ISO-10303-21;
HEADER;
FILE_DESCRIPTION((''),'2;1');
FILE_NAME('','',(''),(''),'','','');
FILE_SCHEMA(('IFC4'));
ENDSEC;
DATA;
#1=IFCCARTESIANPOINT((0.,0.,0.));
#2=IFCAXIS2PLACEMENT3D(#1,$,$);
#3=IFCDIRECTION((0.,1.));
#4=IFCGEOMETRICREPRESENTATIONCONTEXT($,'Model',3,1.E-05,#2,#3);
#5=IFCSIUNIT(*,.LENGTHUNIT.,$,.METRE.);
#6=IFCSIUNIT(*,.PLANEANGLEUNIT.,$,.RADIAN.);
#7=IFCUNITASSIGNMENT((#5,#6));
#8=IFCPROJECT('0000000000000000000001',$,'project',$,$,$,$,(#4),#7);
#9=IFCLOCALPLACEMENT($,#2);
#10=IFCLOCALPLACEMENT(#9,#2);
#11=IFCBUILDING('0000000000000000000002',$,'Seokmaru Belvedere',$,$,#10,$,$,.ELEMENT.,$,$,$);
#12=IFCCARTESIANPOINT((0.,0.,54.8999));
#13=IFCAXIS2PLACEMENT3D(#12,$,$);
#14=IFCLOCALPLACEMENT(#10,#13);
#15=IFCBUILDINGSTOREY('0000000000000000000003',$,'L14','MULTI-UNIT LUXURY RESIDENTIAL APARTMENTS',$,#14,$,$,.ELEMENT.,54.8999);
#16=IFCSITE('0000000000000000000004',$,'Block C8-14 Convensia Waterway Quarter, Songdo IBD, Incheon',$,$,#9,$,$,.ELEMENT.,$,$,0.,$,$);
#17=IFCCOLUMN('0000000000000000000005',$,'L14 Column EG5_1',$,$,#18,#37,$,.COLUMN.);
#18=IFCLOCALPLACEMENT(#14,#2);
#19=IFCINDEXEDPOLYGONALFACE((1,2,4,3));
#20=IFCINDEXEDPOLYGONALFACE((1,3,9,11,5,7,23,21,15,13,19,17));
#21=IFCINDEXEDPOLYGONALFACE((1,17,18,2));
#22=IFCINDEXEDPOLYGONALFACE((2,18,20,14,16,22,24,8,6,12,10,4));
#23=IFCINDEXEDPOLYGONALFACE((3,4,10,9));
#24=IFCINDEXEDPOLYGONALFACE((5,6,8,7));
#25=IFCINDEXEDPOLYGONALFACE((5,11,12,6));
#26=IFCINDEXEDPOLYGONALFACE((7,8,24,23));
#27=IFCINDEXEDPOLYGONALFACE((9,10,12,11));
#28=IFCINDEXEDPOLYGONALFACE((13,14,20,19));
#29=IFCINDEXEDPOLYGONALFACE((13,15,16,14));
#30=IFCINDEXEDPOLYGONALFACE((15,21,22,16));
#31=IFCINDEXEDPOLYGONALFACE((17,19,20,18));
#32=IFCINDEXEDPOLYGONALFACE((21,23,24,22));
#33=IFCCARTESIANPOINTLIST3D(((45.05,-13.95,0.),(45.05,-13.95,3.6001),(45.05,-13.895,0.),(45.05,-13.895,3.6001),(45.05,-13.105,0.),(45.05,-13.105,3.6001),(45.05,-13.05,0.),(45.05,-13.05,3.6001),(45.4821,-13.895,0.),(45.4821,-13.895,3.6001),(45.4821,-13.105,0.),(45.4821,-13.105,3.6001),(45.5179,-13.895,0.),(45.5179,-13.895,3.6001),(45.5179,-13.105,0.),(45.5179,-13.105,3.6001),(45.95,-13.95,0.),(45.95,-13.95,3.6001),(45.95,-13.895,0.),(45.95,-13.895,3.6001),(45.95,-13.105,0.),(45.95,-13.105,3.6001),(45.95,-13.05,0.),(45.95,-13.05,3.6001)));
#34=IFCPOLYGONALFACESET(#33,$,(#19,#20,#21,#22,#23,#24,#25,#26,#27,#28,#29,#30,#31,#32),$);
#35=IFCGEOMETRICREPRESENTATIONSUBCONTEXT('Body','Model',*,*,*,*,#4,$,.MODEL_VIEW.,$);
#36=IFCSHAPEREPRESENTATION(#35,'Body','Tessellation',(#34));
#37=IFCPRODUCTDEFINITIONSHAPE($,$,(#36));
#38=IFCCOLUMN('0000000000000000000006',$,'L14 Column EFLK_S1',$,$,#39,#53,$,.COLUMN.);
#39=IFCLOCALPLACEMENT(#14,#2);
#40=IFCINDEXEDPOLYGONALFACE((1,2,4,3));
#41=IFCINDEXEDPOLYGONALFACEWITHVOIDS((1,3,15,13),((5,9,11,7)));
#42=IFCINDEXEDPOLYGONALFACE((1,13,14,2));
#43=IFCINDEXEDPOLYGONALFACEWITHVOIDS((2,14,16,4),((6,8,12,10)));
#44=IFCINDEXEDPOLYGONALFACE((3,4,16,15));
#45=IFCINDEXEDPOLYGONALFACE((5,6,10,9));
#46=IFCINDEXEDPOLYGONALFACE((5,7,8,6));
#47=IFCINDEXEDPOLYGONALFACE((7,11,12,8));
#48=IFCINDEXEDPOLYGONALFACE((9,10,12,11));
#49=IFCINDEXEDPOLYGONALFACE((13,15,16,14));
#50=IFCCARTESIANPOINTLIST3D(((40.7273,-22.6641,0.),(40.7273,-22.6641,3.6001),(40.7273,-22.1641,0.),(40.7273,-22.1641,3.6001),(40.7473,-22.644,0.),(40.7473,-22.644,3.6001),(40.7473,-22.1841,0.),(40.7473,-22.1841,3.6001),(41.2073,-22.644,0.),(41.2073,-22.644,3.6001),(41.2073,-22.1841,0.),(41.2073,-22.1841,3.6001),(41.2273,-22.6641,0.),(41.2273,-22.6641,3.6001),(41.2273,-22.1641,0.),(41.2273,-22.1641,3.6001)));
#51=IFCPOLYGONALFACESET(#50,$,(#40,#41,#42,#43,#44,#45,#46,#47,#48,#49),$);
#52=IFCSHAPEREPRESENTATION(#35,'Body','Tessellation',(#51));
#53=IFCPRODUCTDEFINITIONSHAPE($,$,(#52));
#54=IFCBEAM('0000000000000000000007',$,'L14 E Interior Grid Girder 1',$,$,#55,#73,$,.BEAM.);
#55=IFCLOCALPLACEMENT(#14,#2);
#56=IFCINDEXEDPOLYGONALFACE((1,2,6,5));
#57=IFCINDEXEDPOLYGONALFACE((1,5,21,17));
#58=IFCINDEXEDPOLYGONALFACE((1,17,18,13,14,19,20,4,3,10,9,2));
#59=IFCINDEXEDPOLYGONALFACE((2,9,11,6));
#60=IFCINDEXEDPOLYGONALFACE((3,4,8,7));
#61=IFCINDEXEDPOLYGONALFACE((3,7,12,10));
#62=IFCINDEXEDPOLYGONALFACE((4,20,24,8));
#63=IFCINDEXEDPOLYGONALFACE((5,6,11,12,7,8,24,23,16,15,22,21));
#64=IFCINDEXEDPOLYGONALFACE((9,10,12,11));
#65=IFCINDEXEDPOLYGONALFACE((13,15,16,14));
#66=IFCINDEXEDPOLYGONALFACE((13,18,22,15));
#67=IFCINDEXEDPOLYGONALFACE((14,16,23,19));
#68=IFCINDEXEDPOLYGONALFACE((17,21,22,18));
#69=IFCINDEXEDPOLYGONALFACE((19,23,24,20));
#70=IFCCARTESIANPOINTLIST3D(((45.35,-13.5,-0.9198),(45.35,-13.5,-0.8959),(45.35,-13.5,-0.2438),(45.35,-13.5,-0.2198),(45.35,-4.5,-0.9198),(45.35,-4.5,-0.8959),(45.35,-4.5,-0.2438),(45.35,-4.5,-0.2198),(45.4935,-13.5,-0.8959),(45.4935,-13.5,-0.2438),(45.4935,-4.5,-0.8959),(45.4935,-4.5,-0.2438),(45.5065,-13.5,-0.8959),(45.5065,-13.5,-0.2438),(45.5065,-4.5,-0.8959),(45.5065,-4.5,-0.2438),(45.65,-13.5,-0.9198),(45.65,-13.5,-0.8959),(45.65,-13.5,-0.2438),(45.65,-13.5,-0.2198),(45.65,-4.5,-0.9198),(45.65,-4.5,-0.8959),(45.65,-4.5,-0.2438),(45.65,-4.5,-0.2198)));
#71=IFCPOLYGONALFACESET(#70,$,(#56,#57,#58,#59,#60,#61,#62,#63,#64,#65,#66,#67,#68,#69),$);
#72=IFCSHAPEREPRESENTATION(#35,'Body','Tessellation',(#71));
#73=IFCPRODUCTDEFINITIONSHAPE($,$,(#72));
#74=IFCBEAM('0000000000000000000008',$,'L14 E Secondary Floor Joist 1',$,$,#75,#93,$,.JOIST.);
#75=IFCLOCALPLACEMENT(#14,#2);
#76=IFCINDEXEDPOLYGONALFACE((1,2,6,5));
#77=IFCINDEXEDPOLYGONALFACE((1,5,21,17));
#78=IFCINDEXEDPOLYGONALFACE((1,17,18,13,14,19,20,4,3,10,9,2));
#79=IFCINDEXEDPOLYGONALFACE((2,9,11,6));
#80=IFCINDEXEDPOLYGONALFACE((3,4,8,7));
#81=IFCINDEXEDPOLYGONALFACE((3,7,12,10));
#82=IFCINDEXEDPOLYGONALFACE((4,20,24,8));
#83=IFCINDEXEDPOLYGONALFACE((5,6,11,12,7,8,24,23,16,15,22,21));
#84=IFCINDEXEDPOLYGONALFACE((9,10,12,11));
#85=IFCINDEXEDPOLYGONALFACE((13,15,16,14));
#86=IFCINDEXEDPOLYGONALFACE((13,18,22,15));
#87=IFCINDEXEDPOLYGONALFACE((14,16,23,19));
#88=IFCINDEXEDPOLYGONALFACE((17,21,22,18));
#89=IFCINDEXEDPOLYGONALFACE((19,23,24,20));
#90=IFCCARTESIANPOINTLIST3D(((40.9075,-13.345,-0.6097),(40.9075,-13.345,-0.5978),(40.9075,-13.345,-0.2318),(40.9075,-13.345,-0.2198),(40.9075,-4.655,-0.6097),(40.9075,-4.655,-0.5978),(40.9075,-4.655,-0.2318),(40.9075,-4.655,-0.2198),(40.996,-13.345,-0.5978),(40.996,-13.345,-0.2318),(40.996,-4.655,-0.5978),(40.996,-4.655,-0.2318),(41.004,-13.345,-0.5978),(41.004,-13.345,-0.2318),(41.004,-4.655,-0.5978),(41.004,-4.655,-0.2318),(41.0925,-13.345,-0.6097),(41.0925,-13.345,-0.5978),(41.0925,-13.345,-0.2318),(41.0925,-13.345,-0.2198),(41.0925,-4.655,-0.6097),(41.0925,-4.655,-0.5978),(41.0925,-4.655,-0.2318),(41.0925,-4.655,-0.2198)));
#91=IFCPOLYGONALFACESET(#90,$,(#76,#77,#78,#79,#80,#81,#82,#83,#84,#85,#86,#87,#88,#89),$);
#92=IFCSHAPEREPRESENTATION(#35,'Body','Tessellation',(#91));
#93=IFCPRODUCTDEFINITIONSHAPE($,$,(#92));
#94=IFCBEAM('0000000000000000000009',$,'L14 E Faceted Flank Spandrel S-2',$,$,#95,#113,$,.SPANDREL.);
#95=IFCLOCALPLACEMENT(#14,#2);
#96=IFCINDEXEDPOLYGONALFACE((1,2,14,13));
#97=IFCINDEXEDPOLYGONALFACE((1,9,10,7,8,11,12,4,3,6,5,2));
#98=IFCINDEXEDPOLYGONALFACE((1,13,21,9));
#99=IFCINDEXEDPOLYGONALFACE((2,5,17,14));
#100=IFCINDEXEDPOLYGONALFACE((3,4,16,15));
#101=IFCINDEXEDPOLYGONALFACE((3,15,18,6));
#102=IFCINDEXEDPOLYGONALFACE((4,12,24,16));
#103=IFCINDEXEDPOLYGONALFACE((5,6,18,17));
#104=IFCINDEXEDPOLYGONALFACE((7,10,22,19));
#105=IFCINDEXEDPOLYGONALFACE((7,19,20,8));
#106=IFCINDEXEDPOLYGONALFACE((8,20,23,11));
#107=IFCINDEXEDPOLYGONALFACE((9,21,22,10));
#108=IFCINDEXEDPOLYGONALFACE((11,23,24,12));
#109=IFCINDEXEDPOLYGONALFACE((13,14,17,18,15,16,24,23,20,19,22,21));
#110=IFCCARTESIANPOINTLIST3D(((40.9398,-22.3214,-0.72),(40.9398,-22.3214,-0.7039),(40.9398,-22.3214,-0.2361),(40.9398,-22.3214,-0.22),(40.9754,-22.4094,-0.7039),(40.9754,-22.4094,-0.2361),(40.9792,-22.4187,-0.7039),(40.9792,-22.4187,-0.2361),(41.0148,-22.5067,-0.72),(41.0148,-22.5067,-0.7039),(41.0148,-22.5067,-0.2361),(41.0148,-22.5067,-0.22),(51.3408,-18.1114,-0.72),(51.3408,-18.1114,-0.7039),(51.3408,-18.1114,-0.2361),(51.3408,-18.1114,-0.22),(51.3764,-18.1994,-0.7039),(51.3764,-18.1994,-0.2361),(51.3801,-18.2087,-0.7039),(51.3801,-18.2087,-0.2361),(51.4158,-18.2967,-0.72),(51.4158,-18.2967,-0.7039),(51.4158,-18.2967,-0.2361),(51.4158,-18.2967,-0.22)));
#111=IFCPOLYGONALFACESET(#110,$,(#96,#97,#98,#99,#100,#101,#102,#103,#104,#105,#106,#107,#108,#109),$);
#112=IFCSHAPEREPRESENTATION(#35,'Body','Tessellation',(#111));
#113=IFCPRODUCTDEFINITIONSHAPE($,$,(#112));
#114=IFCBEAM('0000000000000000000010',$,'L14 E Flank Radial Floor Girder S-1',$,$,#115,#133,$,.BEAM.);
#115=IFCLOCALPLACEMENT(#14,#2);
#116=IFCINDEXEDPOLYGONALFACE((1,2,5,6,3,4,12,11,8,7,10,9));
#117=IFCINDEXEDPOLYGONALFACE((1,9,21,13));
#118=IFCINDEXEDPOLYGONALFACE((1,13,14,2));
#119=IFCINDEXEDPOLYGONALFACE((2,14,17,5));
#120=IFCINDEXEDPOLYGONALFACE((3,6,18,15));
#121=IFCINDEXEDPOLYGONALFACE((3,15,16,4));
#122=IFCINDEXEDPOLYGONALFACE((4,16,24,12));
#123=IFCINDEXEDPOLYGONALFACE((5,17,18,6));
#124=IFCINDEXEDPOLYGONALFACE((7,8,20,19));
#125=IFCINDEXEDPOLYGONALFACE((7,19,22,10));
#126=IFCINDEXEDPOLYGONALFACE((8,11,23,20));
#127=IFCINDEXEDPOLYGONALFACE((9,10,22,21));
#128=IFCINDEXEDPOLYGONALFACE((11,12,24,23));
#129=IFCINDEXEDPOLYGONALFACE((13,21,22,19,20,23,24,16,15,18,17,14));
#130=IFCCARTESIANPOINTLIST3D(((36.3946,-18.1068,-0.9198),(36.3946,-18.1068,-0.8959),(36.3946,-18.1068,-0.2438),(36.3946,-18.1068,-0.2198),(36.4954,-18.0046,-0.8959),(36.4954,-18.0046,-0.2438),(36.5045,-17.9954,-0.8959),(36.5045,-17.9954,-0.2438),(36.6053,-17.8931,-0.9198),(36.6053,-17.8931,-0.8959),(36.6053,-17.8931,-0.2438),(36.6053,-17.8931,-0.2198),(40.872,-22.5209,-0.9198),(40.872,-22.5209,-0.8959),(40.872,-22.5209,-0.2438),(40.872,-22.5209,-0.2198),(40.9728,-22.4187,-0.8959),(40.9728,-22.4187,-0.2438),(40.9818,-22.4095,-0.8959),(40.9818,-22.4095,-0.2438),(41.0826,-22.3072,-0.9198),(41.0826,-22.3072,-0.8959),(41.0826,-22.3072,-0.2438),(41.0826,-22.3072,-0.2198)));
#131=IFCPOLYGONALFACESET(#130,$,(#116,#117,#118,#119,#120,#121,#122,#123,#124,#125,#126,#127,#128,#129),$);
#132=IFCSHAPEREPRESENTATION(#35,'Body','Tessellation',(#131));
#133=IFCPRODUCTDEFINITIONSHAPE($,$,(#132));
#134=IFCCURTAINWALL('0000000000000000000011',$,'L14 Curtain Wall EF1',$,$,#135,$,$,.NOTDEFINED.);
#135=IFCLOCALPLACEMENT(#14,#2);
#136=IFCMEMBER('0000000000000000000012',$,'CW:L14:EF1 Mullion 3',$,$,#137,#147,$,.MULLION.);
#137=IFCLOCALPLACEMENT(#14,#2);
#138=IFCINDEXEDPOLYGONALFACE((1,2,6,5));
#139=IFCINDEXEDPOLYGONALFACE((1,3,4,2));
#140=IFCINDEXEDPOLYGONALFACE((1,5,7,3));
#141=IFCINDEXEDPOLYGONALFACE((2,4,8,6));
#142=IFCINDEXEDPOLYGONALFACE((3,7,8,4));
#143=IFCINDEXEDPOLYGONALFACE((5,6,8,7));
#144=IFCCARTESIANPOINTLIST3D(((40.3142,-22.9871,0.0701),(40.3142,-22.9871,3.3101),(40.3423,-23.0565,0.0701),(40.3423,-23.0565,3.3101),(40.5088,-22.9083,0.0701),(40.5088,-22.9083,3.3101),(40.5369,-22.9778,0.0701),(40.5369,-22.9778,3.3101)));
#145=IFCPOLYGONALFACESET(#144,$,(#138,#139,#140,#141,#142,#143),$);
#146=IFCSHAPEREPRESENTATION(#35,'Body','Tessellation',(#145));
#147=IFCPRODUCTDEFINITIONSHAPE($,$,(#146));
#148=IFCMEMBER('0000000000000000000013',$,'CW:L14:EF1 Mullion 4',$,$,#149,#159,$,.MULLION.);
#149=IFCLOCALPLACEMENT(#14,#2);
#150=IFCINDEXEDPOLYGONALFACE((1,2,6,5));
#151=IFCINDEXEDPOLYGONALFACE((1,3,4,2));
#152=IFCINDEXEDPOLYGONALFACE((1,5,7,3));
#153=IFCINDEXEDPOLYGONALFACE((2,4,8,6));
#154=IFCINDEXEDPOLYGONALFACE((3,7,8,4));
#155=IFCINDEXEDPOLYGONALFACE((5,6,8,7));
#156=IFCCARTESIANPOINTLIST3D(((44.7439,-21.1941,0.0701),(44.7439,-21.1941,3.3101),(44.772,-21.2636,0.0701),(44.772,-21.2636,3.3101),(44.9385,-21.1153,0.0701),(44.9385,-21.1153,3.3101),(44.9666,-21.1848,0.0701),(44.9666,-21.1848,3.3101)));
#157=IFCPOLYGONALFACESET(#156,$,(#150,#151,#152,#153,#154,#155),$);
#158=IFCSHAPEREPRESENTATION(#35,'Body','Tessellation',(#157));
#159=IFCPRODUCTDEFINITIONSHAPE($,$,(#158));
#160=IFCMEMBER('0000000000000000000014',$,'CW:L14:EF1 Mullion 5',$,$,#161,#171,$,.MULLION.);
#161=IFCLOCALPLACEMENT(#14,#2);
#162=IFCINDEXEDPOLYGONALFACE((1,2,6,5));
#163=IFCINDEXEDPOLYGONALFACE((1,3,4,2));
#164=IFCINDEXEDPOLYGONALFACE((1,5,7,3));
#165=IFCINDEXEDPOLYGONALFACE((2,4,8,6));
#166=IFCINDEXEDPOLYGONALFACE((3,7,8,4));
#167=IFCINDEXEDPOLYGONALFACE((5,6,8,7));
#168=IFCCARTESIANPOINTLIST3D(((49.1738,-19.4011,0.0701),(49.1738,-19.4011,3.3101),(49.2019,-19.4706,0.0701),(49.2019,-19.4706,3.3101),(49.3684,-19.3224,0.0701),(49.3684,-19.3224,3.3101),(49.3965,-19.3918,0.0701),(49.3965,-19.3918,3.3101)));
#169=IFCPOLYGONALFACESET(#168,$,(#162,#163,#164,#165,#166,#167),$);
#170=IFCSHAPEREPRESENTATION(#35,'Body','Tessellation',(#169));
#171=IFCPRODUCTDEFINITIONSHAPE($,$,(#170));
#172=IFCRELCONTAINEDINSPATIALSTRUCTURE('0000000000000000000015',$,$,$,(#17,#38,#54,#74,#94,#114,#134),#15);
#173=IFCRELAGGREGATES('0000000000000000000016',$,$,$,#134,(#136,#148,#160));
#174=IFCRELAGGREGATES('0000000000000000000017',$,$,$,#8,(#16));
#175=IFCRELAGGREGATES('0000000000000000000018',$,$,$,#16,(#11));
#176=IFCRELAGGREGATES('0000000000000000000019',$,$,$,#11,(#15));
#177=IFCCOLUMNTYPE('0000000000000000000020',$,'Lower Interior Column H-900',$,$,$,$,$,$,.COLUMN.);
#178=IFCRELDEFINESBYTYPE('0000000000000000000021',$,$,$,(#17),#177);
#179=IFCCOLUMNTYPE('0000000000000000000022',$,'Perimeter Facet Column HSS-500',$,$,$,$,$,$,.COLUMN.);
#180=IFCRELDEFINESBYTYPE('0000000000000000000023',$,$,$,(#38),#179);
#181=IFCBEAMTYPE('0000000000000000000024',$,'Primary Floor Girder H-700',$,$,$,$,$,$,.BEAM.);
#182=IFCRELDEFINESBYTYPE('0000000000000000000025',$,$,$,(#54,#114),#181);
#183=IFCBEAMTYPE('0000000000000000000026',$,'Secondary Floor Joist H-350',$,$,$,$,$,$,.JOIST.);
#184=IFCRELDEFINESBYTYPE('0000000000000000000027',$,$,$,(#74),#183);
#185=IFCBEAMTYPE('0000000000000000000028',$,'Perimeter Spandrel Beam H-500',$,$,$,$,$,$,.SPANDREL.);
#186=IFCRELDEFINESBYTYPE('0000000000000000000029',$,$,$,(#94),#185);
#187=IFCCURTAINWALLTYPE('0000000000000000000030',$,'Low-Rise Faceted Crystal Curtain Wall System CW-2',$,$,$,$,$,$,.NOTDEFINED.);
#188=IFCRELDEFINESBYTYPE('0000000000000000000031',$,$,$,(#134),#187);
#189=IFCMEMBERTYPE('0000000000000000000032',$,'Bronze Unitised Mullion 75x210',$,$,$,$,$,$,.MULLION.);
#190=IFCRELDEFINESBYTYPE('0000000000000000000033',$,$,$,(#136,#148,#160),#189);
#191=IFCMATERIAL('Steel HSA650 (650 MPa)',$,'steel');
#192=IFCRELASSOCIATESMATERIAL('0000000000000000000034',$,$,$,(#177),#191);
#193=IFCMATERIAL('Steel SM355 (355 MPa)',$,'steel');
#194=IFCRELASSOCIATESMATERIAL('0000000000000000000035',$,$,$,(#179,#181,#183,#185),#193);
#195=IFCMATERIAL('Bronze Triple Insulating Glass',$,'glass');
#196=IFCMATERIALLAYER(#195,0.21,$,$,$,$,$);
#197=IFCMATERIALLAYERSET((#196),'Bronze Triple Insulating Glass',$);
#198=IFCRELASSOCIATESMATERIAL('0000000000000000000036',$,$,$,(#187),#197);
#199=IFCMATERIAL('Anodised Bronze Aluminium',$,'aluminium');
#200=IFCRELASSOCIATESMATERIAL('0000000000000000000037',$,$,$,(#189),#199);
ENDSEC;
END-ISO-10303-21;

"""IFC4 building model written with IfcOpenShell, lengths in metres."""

from ifc_helpers import new_model, si_unit, direction, frame, origin, origin_2d, place, context, subcontext, project, spatial, rectangle, hollow_rectangle, i_section, extrude, source, transform, mapped, material, layer, layer_set, material_profile, profile_set, type_object, type_shapes, element, aggregate, save


model = new_model("IFC4")

# Units and contexts
model_context = context("Model", 3, precision=1e-05, world=origin(), true_north=direction((0.0, 1.0)))
body_context = subcontext(model_context, "Body", "Model", "MODEL_VIEW")
ifc_project = project(units=[si_unit("LENGTHUNIT", "METRE"), si_unit("PLANEANGLEUNIT", "RADIAN")], contexts=[model_context])

# Site, building, storey
site_placement = place(None, origin())
site = spatial("IfcSite", under=ifc_project, at=site_placement, Name="Block C8-14 Convensia Waterway Quarter, Songdo IBD, Incheon", CompositionType="ELEMENT", RefElevation=0.0)
building_placement = place(site_placement, origin())
building = spatial("IfcBuilding", under=site, at=building_placement, Name="Seokmaru Belvedere", CompositionType="ELEMENT")
storey_placement = place(building_placement, frame((0.0, 0.0, 54.8999)))
storey = spatial("IfcBuildingStorey", under=building, at=storey_placement, Name="L14", Description="MULTI-UNIT LUXURY RESIDENTIAL APARTMENTS", CompositionType="ELEMENT", Elevation=54.8999)

# Columns
ifc_material_1 = material(Name="Steel HSA650 (650 MPa)", Category="steel")
ifc_material_profile_1 = material_profile(ifc_material_1, i_section(OverallWidth=0.8999, OverallDepth=0.8999, WebThickness=0.0359, FlangeThickness=0.0549, at=origin_2d()), Name="H-900x900x36x55")
ifc_profile_set_1 = profile_set([ifc_material_profile_1], Name="Steel HSA650 (650 MPa)")
column_type_1 = type_object("IfcColumnType", Name="Lower Interior Column H-900", PredefinedType="COLUMN", material=ifc_profile_set_1)
shared_shape_1 = source(origin(), body_context, "Body", "SweptSolid", [
    extrude(i_section(OverallWidth=0.8999, OverallDepth=0.8999, WebThickness=0.0359, FlangeThickness=0.0549, at=origin_2d()), origin(), (0.0, 0.0, 1.0), 3.6001),
])
type_shapes(column_type_1, [shared_shape_1])
column_1_placement = place(storey_placement, frame((45.5, -13.5, 0.0), z_axis=(0.0, 0.0, 1.0), x_axis=(1.0, 0.0, 0.0)))
element("IfcColumn", 1, at=column_1_placement, inside=storey, type_object=column_type_1, Name="L14 Column EG5_1", PredefinedType="COLUMN", context=body_context, shape_type="MappedRepresentation", body=[
    mapped(shared_shape_1, transform((0.0, 0.0, 0.0), scale=1.0)),
])
ifc_material_2 = material(Name="Steel SM355 (355 MPa)", Category="steel")
ifc_material_profile_2 = material_profile(ifc_material_2, hollow_rectangle(XDim=0.5, YDim=0.5, WallThickness=0.02, at=origin_2d()), Name="HSS-500x500x20")
ifc_profile_set_2 = profile_set([ifc_material_profile_2], Name="Steel SM355 (355 MPa)")
column_type_2 = type_object("IfcColumnType", Name="Perimeter Facet Column HSS-500", PredefinedType="COLUMN", material=ifc_profile_set_2)
shared_shape_2 = source(origin(), body_context, "Body", "SweptSolid", [
    extrude(hollow_rectangle(XDim=0.5, YDim=0.5, WallThickness=0.02, at=origin_2d()), origin(), (0.0, 0.0, 1.0), 3.6001),
])
type_shapes(column_type_2, [shared_shape_2])
column_2_placement = place(storey_placement, frame((40.9773, -22.4141, 0.0), z_axis=(0.0, 0.0, 1.0), x_axis=(1.0, 0.0, 0.0)))
element("IfcColumn", 2, at=column_2_placement, inside=storey, type_object=column_type_2, Name="L14 Column EFLK_S1", PredefinedType="COLUMN", context=body_context, shape_type="MappedRepresentation", body=[
    mapped(shared_shape_2, transform((0.0, 0.0, 0.0), scale=1.0)),
])

# Beams
ifc_material_profile_3 = material_profile(ifc_material_2, i_section(OverallWidth=0.3, OverallDepth=0.7, WebThickness=0.0129, FlangeThickness=0.0239, at=origin_2d()), Name="H-700x300x13x24")
ifc_profile_set_3 = profile_set([ifc_material_profile_3], Name="Steel SM355 (355 MPa)")
beam_type_1 = type_object("IfcBeamType", Name="Primary Floor Girder H-700", PredefinedType="BEAM", material=ifc_profile_set_3)
shared_shape_3 = source(origin(), body_context, "Body", "SweptSolid", [
    extrude(i_section(OverallWidth=0.3, OverallDepth=0.7, WebThickness=0.0129, FlangeThickness=0.0239, at=origin_2d()), origin(), (0.0, 0.0, 1.0), 9.0),
])
beam_1_placement = place(storey_placement, frame((45.5, -13.5, -0.5698), z_axis=(0.0, 1.0, 0.0), x_axis=(-1.0, 0.0, 0.0)))
element("IfcBeam", 3, at=beam_1_placement, inside=storey, type_object=beam_type_1, Name="L14 E Interior Grid Girder 1", PredefinedType="BEAM", context=body_context, shape_type="MappedRepresentation", body=[
    mapped(shared_shape_3, transform((0.0, 0.0, 0.0), scale=1.0)),
])
ifc_material_profile_4 = material_profile(ifc_material_2, i_section(OverallWidth=0.1851, OverallDepth=0.3899, WebThickness=0.0081, FlangeThickness=0.012, at=origin_2d()), Name="H-390x185x8x12")
ifc_profile_set_4 = profile_set([ifc_material_profile_4], Name="Steel SM355 (355 MPa)")
beam_type_2 = type_object("IfcBeamType", Name="Secondary Floor Joist H-350", PredefinedType="JOIST", material=ifc_profile_set_4)
shared_shape_4 = source(origin(), body_context, "Body", "SweptSolid", [
    extrude(i_section(OverallWidth=0.1851, OverallDepth=0.3899, WebThickness=0.0081, FlangeThickness=0.012, at=origin_2d()), origin(), (0.0, 0.0, 1.0), 8.6899),
])
type_shapes(beam_type_2, [shared_shape_4])
beam_2_placement = place(storey_placement, frame((41.0, -13.345, -0.4148), z_axis=(0.0, 1.0, 0.0), x_axis=(-1.0, 0.0, 0.0)))
element("IfcBeam", 4, at=beam_2_placement, inside=storey, type_object=beam_type_2, Name="L14 E Secondary Floor Joist 1", PredefinedType="JOIST", context=body_context, shape_type="MappedRepresentation", body=[
    mapped(shared_shape_4, transform((0.0, 0.0, 0.0), scale=1.0)),
])
ifc_material_profile_5 = material_profile(ifc_material_2, i_section(OverallWidth=0.2, OverallDepth=0.5, WebThickness=0.01, FlangeThickness=0.0161, at=origin_2d()), Name="H-500x200x10x16")
ifc_profile_set_5 = profile_set([ifc_material_profile_5], Name="Steel SM355 (355 MPa)")
beam_type_3 = type_object("IfcBeamType", Name="Perimeter Spandrel Beam H-500", PredefinedType="SPANDREL", material=ifc_profile_set_5)
shared_shape_5 = source(origin(), body_context, "Body", "SweptSolid", [
    extrude(i_section(OverallWidth=0.2, OverallDepth=0.5, WebThickness=0.01, FlangeThickness=0.0161, at=origin_2d()), origin(), (0.0, 0.0, 1.0), 11.2207),
])
type_shapes(beam_type_3, [shared_shape_5])
beam_3_placement = place(storey_placement, frame((40.9773, -22.4141, -0.47), z_axis=(0.926944, 0.375199, 0.0), x_axis=(-0.375199, 0.926944, 0.0)))
element("IfcBeam", 5, at=beam_3_placement, inside=storey, type_object=beam_type_3, Name="L14 E Faceted Flank Spandrel S-2", PredefinedType="SPANDREL", context=body_context, shape_type="MappedRepresentation", body=[
    mapped(shared_shape_5, transform((0.0, 0.0, 0.0), scale=1.0)),
])
shared_shape_6 = source(origin(), body_context, "Body", "SweptSolid", [
    extrude(i_section(OverallWidth=0.3, OverallDepth=0.7, WebThickness=0.0129, FlangeThickness=0.0239, at=origin_2d()), origin(), (0.0, 0.0, 1.0), 6.2874),
])
type_shapes(beam_type_1, [shared_shape_3, shared_shape_6])
beam_4_placement = place(storey_placement, frame((40.9773, -22.4141, -0.5698), z_axis=(-0.712117, 0.70206, 0.0), x_axis=(-0.70206, -0.712117, 0.0)))
element("IfcBeam", 6, at=beam_4_placement, inside=storey, type_object=beam_type_1, Name="L14 E Flank Radial Floor Girder S-1", PredefinedType="BEAM", context=body_context, shape_type="MappedRepresentation", body=[
    mapped(shared_shape_6, transform((0.0, 0.0, 0.0), scale=1.0)),
])

# Curtain wall, members
ifc_material_3 = material(Name="Bronze Triple Insulating Glass", Category="glass")
ifc_layer_1 = layer(ifc_material_3, 0.21)
ifc_layer_set_1 = layer_set([ifc_layer_1], Name="Bronze Triple Insulating Glass")
curtain_wall_type = type_object("IfcCurtainWallType", Name="Low-Rise Faceted Crystal Curtain Wall System CW-2", PredefinedType="NOTDEFINED", material=ifc_layer_set_1)
curtain_wall_placement = place(storey_placement, origin())
curtain_wall = element("IfcCurtainWall", 7, at=curtain_wall_placement, inside=storey, type_object=curtain_wall_type, Name="L14 Curtain Wall EF1", PredefinedType="NOTDEFINED")
ifc_material_4 = material(Name="Anodised Bronze Aluminium", Category="aluminium")
ifc_material_profile_6 = material_profile(ifc_material_4, rectangle(XDim=0.075, YDim=0.21, at=origin_2d()), Name="CW-M-75x210")
ifc_profile_set_6 = profile_set([ifc_material_profile_6], Name="Anodised Bronze Aluminium")
member_type = type_object("IfcMemberType", Name="Bronze Unitised Mullion 75x210", PredefinedType="MULLION", material=ifc_profile_set_6)
shared_shape_7 = source(origin(), body_context, "Body", "SweptSolid", [
    extrude(rectangle(XDim=0.075, YDim=0.21, at=origin_2d()), origin(), (0.0, 0.0, 1.0), 3.24),
])
type_shapes(member_type, [shared_shape_7])
member_1_placement = place(storey_placement, frame((40.4255, -22.9824, 0.0701), z_axis=(0.0, 0.0, 1.0), x_axis=(-0.375192, 0.926947, 0.0)))
member_1 = element("IfcMember", 8, at=member_1_placement, type_object=member_type, Name="CW:L14:EF1 Mullion 3", PredefinedType="MULLION", context=body_context, shape_type="MappedRepresentation", body=[
    mapped(shared_shape_7, transform((0.0, 0.0, 0.0), scale=1.0)),
])
member_2_placement = place(storey_placement, frame((44.8552, -21.1895, 0.0701), z_axis=(0.0, 0.0, 1.0), x_axis=(-0.375192, 0.926947, 0.0)))
member_2 = element("IfcMember", 9, at=member_2_placement, type_object=member_type, Name="CW:L14:EF1 Mullion 4", PredefinedType="MULLION", context=body_context, shape_type="MappedRepresentation", body=[
    mapped(shared_shape_7, transform((0.0, 0.0, 0.0), scale=1.0)),
])
member_3_placement = place(storey_placement, frame((49.2852, -19.3965, 0.0701), z_axis=(0.0, 0.0, 1.0), x_axis=(-0.375192, 0.926947, 0.0)))
member_3 = element("IfcMember", 10, at=member_3_placement, type_object=member_type, Name="CW:L14:EF1 Mullion 5", PredefinedType="MULLION", context=body_context, shape_type="MappedRepresentation", body=[
    mapped(shared_shape_7, transform((0.0, 0.0, 0.0), scale=1.0)),
])
aggregate(curtain_wall, [member_1, member_2, member_3])

save(model, "model.ifc")
